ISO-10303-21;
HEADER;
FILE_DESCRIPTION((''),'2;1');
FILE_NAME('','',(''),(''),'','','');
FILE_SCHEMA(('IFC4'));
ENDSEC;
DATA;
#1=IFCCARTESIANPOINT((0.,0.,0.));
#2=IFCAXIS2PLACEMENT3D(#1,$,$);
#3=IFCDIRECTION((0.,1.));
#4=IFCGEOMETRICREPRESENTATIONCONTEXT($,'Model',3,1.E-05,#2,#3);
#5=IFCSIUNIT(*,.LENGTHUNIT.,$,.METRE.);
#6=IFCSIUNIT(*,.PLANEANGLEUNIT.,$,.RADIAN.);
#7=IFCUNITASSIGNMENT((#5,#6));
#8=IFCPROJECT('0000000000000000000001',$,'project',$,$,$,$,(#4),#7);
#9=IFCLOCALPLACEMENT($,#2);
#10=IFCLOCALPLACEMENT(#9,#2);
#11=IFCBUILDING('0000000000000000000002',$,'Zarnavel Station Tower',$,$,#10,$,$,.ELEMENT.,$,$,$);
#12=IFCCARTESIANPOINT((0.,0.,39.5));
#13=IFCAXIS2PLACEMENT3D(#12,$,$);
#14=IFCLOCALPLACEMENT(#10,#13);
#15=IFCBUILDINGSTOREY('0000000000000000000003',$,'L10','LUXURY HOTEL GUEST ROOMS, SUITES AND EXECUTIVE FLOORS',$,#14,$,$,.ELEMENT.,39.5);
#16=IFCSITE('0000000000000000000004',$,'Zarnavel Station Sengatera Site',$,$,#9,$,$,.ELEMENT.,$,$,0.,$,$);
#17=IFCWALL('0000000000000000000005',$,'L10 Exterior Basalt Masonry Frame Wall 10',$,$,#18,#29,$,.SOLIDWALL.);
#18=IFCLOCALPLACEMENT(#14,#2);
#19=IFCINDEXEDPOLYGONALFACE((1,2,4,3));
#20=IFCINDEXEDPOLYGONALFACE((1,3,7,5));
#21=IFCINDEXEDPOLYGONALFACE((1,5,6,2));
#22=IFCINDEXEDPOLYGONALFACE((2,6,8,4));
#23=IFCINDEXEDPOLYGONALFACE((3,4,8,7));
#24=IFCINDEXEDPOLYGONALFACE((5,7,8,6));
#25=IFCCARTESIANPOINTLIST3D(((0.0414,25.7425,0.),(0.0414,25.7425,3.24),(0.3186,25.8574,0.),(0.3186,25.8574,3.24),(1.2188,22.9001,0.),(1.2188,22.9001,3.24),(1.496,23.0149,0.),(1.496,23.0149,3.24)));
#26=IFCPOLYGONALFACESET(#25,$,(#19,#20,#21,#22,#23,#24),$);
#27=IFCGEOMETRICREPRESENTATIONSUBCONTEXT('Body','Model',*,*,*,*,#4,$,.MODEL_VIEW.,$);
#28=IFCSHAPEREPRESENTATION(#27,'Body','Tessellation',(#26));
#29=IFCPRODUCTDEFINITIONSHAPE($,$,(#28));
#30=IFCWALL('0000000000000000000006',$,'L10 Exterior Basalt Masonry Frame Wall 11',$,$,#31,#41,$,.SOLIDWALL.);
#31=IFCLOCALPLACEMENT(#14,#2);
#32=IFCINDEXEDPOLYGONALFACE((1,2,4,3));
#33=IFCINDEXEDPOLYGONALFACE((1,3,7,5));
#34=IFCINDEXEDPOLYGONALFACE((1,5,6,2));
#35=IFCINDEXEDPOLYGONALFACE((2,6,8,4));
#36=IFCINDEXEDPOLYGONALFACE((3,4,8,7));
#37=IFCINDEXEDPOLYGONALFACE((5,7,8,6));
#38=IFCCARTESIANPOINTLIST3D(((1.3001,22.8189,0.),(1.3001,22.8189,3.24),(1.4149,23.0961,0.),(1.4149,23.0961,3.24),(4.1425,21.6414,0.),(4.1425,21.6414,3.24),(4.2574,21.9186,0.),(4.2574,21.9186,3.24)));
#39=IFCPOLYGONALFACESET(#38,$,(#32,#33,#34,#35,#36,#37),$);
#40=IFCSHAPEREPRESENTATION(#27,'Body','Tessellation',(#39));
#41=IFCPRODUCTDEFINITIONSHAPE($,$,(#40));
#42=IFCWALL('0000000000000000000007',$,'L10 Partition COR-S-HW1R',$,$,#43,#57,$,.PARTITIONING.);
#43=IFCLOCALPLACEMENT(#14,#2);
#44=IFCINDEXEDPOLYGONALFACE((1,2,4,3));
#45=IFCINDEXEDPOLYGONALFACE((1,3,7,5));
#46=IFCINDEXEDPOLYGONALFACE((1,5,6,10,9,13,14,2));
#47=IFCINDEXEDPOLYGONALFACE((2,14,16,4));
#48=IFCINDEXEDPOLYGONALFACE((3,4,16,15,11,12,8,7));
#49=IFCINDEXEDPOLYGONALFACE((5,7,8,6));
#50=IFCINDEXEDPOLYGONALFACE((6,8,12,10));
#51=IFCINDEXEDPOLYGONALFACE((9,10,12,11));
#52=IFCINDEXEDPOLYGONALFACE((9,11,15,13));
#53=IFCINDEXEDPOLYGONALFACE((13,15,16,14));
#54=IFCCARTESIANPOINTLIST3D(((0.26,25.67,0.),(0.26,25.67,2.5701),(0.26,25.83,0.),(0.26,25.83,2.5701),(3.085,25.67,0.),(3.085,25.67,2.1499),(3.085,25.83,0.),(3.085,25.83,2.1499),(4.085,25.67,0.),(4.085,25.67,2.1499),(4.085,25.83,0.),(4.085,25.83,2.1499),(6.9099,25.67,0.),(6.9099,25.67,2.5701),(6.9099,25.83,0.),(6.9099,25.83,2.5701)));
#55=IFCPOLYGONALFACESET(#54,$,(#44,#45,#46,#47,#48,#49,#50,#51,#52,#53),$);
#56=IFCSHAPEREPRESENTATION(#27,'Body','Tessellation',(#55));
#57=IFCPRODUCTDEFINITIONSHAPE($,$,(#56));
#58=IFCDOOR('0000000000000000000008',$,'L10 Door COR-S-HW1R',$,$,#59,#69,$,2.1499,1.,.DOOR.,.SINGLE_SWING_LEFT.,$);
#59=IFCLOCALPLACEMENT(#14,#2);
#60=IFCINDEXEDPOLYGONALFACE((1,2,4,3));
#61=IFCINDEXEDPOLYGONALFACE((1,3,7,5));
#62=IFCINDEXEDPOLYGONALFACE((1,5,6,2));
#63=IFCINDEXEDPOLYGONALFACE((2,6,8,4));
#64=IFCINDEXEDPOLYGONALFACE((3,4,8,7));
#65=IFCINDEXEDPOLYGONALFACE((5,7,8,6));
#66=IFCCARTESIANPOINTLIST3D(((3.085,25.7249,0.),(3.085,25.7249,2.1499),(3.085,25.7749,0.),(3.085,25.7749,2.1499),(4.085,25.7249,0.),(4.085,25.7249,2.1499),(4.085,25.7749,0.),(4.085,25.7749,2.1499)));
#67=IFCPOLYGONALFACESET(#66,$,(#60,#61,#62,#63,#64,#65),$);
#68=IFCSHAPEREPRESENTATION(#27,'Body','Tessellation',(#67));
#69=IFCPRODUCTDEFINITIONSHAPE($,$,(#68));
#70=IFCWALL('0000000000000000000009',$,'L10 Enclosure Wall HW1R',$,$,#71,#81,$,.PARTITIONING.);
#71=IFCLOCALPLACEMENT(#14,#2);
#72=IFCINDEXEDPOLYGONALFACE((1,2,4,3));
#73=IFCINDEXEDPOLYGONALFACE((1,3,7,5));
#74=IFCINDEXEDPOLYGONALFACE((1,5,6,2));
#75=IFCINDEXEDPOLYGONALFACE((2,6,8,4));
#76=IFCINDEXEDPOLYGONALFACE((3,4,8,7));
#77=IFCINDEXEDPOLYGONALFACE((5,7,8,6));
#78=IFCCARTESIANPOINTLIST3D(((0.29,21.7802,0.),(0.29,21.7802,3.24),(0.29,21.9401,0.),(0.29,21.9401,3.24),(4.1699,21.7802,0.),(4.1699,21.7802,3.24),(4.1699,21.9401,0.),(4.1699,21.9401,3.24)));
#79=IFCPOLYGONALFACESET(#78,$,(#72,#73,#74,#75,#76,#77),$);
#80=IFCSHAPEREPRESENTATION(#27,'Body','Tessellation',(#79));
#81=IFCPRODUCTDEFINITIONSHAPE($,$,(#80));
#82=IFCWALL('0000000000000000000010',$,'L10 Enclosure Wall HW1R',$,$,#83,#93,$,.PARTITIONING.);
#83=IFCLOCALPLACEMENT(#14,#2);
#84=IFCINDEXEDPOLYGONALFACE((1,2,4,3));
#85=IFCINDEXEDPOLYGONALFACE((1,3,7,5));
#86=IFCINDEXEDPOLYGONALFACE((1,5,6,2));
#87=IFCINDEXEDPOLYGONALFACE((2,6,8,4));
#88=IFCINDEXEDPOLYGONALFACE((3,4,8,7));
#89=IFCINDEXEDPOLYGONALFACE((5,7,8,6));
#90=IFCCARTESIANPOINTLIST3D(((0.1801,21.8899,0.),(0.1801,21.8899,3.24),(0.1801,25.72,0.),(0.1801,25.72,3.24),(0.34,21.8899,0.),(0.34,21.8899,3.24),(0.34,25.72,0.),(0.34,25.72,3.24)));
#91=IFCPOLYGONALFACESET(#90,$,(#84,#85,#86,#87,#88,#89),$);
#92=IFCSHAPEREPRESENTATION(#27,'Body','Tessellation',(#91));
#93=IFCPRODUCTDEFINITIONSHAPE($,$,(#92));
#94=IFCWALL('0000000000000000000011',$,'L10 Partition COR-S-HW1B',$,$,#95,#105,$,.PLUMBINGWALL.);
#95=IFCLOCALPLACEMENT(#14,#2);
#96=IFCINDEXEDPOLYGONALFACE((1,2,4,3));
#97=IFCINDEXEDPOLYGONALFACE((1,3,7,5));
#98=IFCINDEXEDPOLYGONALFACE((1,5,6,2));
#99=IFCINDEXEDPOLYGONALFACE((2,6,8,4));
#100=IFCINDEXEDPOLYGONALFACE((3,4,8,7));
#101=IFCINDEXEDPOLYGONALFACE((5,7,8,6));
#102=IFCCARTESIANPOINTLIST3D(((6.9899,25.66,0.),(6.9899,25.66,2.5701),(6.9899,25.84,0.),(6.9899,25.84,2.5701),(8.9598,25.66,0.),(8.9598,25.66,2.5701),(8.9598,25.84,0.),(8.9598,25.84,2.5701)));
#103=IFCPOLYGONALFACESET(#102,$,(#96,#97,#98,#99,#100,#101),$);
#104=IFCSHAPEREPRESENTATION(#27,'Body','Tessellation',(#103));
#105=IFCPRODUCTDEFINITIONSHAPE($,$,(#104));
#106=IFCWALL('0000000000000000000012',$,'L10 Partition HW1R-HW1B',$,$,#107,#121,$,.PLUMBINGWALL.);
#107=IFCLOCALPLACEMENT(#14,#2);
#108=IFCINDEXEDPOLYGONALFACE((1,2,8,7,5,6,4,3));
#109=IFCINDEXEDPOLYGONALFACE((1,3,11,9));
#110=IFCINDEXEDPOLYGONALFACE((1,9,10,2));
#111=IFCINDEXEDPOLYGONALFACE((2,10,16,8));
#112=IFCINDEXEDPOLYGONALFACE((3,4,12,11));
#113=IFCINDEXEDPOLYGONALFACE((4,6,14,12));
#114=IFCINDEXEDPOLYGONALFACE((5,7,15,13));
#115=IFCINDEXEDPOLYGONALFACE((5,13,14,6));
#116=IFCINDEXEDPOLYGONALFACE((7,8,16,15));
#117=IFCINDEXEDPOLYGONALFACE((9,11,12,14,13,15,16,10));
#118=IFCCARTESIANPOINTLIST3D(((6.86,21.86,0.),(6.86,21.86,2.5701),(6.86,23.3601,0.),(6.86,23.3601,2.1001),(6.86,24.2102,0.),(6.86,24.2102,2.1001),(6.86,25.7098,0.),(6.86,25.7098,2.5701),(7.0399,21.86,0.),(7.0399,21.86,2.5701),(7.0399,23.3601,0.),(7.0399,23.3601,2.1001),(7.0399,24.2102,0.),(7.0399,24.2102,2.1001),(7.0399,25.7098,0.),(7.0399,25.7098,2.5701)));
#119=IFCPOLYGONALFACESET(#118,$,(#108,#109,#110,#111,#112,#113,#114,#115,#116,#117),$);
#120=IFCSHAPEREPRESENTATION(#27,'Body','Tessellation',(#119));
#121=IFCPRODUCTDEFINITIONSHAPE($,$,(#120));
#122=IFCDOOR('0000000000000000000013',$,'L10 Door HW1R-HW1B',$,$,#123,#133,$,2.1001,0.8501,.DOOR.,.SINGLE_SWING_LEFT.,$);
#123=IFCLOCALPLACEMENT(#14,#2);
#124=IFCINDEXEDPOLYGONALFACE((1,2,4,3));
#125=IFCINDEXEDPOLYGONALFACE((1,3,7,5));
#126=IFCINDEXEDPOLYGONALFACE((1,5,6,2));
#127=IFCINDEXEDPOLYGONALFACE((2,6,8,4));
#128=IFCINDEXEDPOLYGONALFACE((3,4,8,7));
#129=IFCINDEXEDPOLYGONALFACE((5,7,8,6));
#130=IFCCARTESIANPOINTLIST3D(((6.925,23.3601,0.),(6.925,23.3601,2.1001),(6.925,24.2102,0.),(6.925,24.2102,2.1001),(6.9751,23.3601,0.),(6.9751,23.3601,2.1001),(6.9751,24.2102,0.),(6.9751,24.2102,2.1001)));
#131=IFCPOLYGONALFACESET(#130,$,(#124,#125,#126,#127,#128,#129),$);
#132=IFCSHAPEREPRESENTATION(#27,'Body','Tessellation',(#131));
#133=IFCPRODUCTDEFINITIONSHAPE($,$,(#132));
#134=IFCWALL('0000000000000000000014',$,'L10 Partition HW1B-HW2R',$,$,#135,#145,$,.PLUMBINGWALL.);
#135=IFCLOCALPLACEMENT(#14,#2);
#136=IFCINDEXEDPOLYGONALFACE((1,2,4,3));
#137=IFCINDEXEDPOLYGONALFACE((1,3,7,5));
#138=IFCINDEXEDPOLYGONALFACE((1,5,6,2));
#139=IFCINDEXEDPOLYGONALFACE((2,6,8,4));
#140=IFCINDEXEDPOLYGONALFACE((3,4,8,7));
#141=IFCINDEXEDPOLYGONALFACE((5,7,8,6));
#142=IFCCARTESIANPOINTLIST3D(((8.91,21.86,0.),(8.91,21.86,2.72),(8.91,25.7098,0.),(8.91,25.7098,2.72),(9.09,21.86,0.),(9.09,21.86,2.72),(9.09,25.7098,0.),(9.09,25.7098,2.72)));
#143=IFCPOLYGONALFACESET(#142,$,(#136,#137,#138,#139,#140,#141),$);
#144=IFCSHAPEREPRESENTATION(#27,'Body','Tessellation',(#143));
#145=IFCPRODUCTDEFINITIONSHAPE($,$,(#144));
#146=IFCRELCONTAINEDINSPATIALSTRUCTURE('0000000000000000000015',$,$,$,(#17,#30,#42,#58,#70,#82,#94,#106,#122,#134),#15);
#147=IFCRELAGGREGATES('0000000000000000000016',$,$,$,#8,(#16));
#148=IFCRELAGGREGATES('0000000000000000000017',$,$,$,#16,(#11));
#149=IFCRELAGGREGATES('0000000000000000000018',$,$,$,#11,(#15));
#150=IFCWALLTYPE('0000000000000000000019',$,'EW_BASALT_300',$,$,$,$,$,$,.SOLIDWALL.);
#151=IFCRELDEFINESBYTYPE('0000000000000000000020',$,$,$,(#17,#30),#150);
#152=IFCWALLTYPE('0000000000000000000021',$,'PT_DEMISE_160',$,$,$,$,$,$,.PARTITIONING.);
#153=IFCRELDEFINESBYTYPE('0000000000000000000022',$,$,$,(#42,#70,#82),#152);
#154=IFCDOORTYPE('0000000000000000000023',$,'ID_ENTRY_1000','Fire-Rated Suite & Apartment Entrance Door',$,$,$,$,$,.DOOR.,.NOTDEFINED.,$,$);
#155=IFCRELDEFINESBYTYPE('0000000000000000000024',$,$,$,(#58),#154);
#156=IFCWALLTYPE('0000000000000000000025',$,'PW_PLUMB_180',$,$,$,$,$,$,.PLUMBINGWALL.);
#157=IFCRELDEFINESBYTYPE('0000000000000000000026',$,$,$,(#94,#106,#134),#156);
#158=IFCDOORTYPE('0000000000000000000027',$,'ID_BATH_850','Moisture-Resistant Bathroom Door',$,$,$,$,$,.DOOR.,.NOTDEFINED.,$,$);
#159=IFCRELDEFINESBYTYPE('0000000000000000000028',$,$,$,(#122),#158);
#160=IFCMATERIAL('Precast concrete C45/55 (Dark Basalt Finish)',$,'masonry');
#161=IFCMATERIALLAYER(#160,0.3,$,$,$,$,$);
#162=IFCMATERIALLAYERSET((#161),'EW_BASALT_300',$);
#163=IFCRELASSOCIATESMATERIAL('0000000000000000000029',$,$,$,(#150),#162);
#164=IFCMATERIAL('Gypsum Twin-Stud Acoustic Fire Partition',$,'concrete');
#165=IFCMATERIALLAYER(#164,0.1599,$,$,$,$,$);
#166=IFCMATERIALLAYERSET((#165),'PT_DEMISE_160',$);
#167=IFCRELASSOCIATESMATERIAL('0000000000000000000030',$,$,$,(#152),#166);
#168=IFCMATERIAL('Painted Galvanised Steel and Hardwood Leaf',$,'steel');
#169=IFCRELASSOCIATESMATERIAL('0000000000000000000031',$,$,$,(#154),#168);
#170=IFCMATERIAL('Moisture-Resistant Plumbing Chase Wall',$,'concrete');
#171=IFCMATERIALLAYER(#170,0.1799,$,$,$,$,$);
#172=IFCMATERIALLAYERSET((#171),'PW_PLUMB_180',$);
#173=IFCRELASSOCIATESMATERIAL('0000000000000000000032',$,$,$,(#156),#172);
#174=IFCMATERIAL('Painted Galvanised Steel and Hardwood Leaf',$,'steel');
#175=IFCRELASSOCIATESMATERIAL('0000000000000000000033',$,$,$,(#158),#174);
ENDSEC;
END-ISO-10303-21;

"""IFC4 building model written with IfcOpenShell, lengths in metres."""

from ifc_helpers import new_model, si_unit, direction, frame, frame_2d, origin, place, context, subcontext, project, spatial, rectangle, extrude, material, layer, layer_set, type_object, element, fill, save


model = new_model("IFC4")

# Units and contexts
model_context = context("Model", 3, precision=1e-05, world=origin(), true_north=direction((0.0, 1.0)))
body_context = subcontext(model_context, "Body", "Model", "MODEL_VIEW")
ifc_project = project(units=[si_unit("LENGTHUNIT", "METRE"), si_unit("PLANEANGLEUNIT", "RADIAN")], contexts=[model_context])

# Site, building, storey
site_placement = place(None, origin())
site = spatial("IfcSite", under=ifc_project, at=site_placement, Name="Zarnavel Station Sengatera Site", CompositionType="ELEMENT", RefElevation=0.0)
building_placement = place(site_placement, origin())
building = spatial("IfcBuilding", under=site, at=building_placement, Name="Zarnavel Station Tower", CompositionType="ELEMENT")
storey_placement = place(building_placement, frame((0.0, 0.0, 39.5)))
storey = spatial("IfcBuildingStorey", under=building, at=storey_placement, Name="L10", Description="LUXURY HOTEL GUEST ROOMS, SUITES AND EXECUTIVE FLOORS", CompositionType="ELEMENT", Elevation=39.5)

# Walls
ifc_material_1 = material(Name="Precast concrete C45/55 (Dark Basalt Finish)", Category="masonry")
ifc_layer_1 = layer(ifc_material_1, 0.3)
ifc_layer_set_1 = layer_set([ifc_layer_1], Name="EW_BASALT_300")
wall_type_1 = type_object("IfcWallType", Name="EW_BASALT_300", PredefinedType="SOLIDWALL", material=ifc_layer_set_1)
for number, where, z_axis, x_axis, name in (
    (1, (1.3574, 22.9575, 0.0), (0.0, 0.0, 1.0), (-0.382705, 0.923871, 0.0), "L10 Exterior Basalt Masonry Frame Wall 10"),
    (2, (4.2, 21.78, 0.0), (0.0, 0.0, 1.0), (-0.923871, 0.382705, 0.0), "L10 Exterior Basalt Masonry Frame Wall 11"),
):
    element("IfcWall", number, at=place(storey_placement, frame(where, z_axis=z_axis, x_axis=x_axis)), inside=storey, type_object=wall_type_1, Name=name, PredefinedType="SOLIDWALL", context=body_context, shape_type="SweptSolid", body=[
        extrude(rectangle(XDim=3.0767, YDim=0.3, at=frame_2d((1.5383, 0.0))), origin(), (0.0, 0.0, 1.0), 3.24),
    ])

# Wall, opening, door
ifc_material_2 = material(Name="Gypsum Twin-Stud Acoustic Fire Partition", Category="concrete")
ifc_layer_2 = layer(ifc_material_2, 0.1599)
ifc_layer_set_2 = layer_set([ifc_layer_2], Name="PT_DEMISE_160")
wall_type_2 = type_object("IfcWallType", Name="PT_DEMISE_160", PredefinedType="PARTITIONING", material=ifc_layer_set_2)
wall_1_placement = place(storey_placement, frame((0.26, 25.75, 0.0), z_axis=(0.0, 0.0, 1.0), x_axis=(1.0, 0.0, 0.0)))
wall_1 = element("IfcWall", 3, at=wall_1_placement, inside=storey, type_object=wall_type_2, Name="L10 Partition COR-S-HW1R", PredefinedType="PARTITIONING", context=body_context, shape_type="SweptSolid", body=[
    extrude(rectangle(XDim=6.6499, YDim=0.1599, at=frame_2d((3.325, 0.0))), origin(), (0.0, 0.0, 1.0), 2.5701),
])
opening_1_placement = place(wall_1_placement, frame((2.825, 0.0, 0.0)))
opening_1 = element("IfcOpeningElement", 4, at=opening_1_placement, cuts=wall_1, PredefinedType="OPENING", context=body_context, shape_type="SweptSolid", body=[
    extrude(rectangle(XDim=1.0, YDim=2.1499, at=frame_2d((0.5, 1.075))), frame((0.0, 0.0898, 0.0), z_axis=(0.0, -1.0, 0.0), x_axis=(1.0, 0.0, 0.0)), (0.0, 0.0, 1.0), 0.1799),
])
ifc_material_3 = material(Name="Painted Galvanised Steel and Hardwood Leaf", Category="steel")
door_type_1 = type_object("IfcDoorType", Name="ID_ENTRY_1000", Description="Fire-Rated Suite & Apartment Entrance Door", OperationType="NOTDEFINED", PredefinedType="DOOR", material=ifc_material_3)
door_1_placement = place(opening_1_placement, origin())
door_1 = element("IfcDoor", 5, at=door_1_placement, inside=storey, type_object=door_type_1, Name="L10 Door COR-S-HW1R", OperationType="SINGLE_SWING_LEFT", OverallHeight=2.1499, OverallWidth=1.0, PredefinedType="DOOR", context=body_context, shape_type="SweptSolid", body=[
    extrude(rectangle(XDim=1.0, YDim=2.1499, at=frame_2d((0.5, 1.075))), frame((0.0, 0.0249, 0.0), z_axis=(0.0, -1.0, 0.0), x_axis=(1.0, 0.0, 0.0)), (0.0, 0.0, 1.0), 0.05),
])
fill(opening_1, door_1)

# Walls
wall_2_placement = place(storey_placement, frame((0.29, 21.8601, 0.0), z_axis=(0.0, 0.0, 1.0), x_axis=(1.0, 0.0, 0.0)))
element("IfcWall", 6, at=wall_2_placement, inside=storey, type_object=wall_type_2, Name="L10 Enclosure Wall HW1R", PredefinedType="PARTITIONING", context=body_context, shape_type="SweptSolid", body=[
    extrude(rectangle(XDim=3.8799, YDim=0.1599, at=frame_2d((1.9399, 0.0))), origin(), (0.0, 0.0, 1.0), 3.24),
])
wall_3_placement = place(storey_placement, frame((0.26, 21.8899, 0.0), z_axis=(0.0, 0.0, 1.0), x_axis=(0.0, 1.0, 0.0)))
element("IfcWall", 7, at=wall_3_placement, inside=storey, type_object=wall_type_2, Name="L10 Enclosure Wall HW1R", PredefinedType="PARTITIONING", context=body_context, shape_type="SweptSolid", body=[
    extrude(rectangle(XDim=3.8301, YDim=0.1599, at=frame_2d((1.915, 0.0))), origin(), (0.0, 0.0, 1.0), 3.24),
])
ifc_material_4 = material(Name="Moisture-Resistant Plumbing Chase Wall", Category="concrete")
ifc_layer_3 = layer(ifc_material_4, 0.1799)
ifc_layer_set_3 = layer_set([ifc_layer_3], Name="PW_PLUMB_180")
wall_type_3 = type_object("IfcWallType", Name="PW_PLUMB_180", PredefinedType="PLUMBINGWALL", material=ifc_layer_set_3)
wall_4_placement = place(storey_placement, frame((6.99, 25.75, 0.0), z_axis=(0.0, 0.0, 1.0), x_axis=(1.0, 0.0, 0.0)))
element("IfcWall", 8, at=wall_4_placement, inside=storey, type_object=wall_type_3, Name="L10 Partition COR-S-HW1B", PredefinedType="PLUMBINGWALL", context=body_context, shape_type="SweptSolid", body=[
    extrude(rectangle(XDim=1.97, YDim=0.1799, at=frame_2d((0.9849, 0.0))), origin(), (0.0, 0.0, 1.0), 2.5701),
])

# Wall, opening, door
wall_5_placement = place(storey_placement, frame((6.95, 21.8601, 0.0), z_axis=(0.0, 0.0, 1.0), x_axis=(0.0, 1.0, 0.0)))
wall_5 = element("IfcWall", 9, at=wall_5_placement, inside=storey, type_object=wall_type_3, Name="L10 Partition HW1R-HW1B", PredefinedType="PLUMBINGWALL", context=body_context, shape_type="SweptSolid", body=[
    extrude(rectangle(XDim=3.8499, YDim=0.1799, at=frame_2d((1.9248, 0.0))), origin(), (0.0, 0.0, 1.0), 2.5701),
])
opening_2_placement = place(wall_5_placement, frame((1.5, 0.0, 0.0)))
opening_2 = element("IfcOpeningElement", 10, at=opening_2_placement, cuts=wall_5, PredefinedType="OPENING", context=body_context, shape_type="SweptSolid", body=[
    extrude(rectangle(XDim=0.8501, YDim=2.1001, at=frame_2d((0.425, 1.05))), frame((0.0, 0.0999, 0.0), z_axis=(0.0, -1.0, 0.0), x_axis=(1.0, 0.0, 0.0)), (0.0, 0.0, 1.0), 0.2),
])
ifc_material_5 = material(Name="Painted Galvanised Steel and Hardwood Leaf", Category="steel")
door_type_2 = type_object("IfcDoorType", Name="ID_BATH_850", Description="Moisture-Resistant Bathroom Door", OperationType="NOTDEFINED", PredefinedType="DOOR", material=ifc_material_5)
door_2_placement = place(opening_2_placement, origin())
door_2 = element("IfcDoor", 11, at=door_2_placement, inside=storey, type_object=door_type_2, Name="L10 Door HW1R-HW1B", OperationType="SINGLE_SWING_LEFT", OverallHeight=2.1001, OverallWidth=0.8501, PredefinedType="DOOR", context=body_context, shape_type="SweptSolid", body=[
    extrude(rectangle(XDim=0.8501, YDim=2.1001, at=frame_2d((0.425, 1.05))), frame((0.0, 0.0249, 0.0), z_axis=(0.0, -1.0, 0.0), x_axis=(1.0, 0.0, 0.0)), (0.0, 0.0, 1.0), 0.05),
])
fill(opening_2, door_2)

# Wall
wall_6_placement = place(storey_placement, frame((9.0, 21.8601, 0.0), z_axis=(0.0, 0.0, 1.0), x_axis=(0.0, 1.0, 0.0)))
element("IfcWall", 12, at=wall_6_placement, inside=storey, type_object=wall_type_3, Name="L10 Partition HW1B-HW2R", PredefinedType="PLUMBINGWALL", context=body_context, shape_type="SweptSolid", body=[
    extrude(rectangle(XDim=3.8499, YDim=0.1799, at=frame_2d((1.9248, 0.0))), origin(), (0.0, 0.0, 1.0), 2.72),
])

save(model, "model.ifc")
